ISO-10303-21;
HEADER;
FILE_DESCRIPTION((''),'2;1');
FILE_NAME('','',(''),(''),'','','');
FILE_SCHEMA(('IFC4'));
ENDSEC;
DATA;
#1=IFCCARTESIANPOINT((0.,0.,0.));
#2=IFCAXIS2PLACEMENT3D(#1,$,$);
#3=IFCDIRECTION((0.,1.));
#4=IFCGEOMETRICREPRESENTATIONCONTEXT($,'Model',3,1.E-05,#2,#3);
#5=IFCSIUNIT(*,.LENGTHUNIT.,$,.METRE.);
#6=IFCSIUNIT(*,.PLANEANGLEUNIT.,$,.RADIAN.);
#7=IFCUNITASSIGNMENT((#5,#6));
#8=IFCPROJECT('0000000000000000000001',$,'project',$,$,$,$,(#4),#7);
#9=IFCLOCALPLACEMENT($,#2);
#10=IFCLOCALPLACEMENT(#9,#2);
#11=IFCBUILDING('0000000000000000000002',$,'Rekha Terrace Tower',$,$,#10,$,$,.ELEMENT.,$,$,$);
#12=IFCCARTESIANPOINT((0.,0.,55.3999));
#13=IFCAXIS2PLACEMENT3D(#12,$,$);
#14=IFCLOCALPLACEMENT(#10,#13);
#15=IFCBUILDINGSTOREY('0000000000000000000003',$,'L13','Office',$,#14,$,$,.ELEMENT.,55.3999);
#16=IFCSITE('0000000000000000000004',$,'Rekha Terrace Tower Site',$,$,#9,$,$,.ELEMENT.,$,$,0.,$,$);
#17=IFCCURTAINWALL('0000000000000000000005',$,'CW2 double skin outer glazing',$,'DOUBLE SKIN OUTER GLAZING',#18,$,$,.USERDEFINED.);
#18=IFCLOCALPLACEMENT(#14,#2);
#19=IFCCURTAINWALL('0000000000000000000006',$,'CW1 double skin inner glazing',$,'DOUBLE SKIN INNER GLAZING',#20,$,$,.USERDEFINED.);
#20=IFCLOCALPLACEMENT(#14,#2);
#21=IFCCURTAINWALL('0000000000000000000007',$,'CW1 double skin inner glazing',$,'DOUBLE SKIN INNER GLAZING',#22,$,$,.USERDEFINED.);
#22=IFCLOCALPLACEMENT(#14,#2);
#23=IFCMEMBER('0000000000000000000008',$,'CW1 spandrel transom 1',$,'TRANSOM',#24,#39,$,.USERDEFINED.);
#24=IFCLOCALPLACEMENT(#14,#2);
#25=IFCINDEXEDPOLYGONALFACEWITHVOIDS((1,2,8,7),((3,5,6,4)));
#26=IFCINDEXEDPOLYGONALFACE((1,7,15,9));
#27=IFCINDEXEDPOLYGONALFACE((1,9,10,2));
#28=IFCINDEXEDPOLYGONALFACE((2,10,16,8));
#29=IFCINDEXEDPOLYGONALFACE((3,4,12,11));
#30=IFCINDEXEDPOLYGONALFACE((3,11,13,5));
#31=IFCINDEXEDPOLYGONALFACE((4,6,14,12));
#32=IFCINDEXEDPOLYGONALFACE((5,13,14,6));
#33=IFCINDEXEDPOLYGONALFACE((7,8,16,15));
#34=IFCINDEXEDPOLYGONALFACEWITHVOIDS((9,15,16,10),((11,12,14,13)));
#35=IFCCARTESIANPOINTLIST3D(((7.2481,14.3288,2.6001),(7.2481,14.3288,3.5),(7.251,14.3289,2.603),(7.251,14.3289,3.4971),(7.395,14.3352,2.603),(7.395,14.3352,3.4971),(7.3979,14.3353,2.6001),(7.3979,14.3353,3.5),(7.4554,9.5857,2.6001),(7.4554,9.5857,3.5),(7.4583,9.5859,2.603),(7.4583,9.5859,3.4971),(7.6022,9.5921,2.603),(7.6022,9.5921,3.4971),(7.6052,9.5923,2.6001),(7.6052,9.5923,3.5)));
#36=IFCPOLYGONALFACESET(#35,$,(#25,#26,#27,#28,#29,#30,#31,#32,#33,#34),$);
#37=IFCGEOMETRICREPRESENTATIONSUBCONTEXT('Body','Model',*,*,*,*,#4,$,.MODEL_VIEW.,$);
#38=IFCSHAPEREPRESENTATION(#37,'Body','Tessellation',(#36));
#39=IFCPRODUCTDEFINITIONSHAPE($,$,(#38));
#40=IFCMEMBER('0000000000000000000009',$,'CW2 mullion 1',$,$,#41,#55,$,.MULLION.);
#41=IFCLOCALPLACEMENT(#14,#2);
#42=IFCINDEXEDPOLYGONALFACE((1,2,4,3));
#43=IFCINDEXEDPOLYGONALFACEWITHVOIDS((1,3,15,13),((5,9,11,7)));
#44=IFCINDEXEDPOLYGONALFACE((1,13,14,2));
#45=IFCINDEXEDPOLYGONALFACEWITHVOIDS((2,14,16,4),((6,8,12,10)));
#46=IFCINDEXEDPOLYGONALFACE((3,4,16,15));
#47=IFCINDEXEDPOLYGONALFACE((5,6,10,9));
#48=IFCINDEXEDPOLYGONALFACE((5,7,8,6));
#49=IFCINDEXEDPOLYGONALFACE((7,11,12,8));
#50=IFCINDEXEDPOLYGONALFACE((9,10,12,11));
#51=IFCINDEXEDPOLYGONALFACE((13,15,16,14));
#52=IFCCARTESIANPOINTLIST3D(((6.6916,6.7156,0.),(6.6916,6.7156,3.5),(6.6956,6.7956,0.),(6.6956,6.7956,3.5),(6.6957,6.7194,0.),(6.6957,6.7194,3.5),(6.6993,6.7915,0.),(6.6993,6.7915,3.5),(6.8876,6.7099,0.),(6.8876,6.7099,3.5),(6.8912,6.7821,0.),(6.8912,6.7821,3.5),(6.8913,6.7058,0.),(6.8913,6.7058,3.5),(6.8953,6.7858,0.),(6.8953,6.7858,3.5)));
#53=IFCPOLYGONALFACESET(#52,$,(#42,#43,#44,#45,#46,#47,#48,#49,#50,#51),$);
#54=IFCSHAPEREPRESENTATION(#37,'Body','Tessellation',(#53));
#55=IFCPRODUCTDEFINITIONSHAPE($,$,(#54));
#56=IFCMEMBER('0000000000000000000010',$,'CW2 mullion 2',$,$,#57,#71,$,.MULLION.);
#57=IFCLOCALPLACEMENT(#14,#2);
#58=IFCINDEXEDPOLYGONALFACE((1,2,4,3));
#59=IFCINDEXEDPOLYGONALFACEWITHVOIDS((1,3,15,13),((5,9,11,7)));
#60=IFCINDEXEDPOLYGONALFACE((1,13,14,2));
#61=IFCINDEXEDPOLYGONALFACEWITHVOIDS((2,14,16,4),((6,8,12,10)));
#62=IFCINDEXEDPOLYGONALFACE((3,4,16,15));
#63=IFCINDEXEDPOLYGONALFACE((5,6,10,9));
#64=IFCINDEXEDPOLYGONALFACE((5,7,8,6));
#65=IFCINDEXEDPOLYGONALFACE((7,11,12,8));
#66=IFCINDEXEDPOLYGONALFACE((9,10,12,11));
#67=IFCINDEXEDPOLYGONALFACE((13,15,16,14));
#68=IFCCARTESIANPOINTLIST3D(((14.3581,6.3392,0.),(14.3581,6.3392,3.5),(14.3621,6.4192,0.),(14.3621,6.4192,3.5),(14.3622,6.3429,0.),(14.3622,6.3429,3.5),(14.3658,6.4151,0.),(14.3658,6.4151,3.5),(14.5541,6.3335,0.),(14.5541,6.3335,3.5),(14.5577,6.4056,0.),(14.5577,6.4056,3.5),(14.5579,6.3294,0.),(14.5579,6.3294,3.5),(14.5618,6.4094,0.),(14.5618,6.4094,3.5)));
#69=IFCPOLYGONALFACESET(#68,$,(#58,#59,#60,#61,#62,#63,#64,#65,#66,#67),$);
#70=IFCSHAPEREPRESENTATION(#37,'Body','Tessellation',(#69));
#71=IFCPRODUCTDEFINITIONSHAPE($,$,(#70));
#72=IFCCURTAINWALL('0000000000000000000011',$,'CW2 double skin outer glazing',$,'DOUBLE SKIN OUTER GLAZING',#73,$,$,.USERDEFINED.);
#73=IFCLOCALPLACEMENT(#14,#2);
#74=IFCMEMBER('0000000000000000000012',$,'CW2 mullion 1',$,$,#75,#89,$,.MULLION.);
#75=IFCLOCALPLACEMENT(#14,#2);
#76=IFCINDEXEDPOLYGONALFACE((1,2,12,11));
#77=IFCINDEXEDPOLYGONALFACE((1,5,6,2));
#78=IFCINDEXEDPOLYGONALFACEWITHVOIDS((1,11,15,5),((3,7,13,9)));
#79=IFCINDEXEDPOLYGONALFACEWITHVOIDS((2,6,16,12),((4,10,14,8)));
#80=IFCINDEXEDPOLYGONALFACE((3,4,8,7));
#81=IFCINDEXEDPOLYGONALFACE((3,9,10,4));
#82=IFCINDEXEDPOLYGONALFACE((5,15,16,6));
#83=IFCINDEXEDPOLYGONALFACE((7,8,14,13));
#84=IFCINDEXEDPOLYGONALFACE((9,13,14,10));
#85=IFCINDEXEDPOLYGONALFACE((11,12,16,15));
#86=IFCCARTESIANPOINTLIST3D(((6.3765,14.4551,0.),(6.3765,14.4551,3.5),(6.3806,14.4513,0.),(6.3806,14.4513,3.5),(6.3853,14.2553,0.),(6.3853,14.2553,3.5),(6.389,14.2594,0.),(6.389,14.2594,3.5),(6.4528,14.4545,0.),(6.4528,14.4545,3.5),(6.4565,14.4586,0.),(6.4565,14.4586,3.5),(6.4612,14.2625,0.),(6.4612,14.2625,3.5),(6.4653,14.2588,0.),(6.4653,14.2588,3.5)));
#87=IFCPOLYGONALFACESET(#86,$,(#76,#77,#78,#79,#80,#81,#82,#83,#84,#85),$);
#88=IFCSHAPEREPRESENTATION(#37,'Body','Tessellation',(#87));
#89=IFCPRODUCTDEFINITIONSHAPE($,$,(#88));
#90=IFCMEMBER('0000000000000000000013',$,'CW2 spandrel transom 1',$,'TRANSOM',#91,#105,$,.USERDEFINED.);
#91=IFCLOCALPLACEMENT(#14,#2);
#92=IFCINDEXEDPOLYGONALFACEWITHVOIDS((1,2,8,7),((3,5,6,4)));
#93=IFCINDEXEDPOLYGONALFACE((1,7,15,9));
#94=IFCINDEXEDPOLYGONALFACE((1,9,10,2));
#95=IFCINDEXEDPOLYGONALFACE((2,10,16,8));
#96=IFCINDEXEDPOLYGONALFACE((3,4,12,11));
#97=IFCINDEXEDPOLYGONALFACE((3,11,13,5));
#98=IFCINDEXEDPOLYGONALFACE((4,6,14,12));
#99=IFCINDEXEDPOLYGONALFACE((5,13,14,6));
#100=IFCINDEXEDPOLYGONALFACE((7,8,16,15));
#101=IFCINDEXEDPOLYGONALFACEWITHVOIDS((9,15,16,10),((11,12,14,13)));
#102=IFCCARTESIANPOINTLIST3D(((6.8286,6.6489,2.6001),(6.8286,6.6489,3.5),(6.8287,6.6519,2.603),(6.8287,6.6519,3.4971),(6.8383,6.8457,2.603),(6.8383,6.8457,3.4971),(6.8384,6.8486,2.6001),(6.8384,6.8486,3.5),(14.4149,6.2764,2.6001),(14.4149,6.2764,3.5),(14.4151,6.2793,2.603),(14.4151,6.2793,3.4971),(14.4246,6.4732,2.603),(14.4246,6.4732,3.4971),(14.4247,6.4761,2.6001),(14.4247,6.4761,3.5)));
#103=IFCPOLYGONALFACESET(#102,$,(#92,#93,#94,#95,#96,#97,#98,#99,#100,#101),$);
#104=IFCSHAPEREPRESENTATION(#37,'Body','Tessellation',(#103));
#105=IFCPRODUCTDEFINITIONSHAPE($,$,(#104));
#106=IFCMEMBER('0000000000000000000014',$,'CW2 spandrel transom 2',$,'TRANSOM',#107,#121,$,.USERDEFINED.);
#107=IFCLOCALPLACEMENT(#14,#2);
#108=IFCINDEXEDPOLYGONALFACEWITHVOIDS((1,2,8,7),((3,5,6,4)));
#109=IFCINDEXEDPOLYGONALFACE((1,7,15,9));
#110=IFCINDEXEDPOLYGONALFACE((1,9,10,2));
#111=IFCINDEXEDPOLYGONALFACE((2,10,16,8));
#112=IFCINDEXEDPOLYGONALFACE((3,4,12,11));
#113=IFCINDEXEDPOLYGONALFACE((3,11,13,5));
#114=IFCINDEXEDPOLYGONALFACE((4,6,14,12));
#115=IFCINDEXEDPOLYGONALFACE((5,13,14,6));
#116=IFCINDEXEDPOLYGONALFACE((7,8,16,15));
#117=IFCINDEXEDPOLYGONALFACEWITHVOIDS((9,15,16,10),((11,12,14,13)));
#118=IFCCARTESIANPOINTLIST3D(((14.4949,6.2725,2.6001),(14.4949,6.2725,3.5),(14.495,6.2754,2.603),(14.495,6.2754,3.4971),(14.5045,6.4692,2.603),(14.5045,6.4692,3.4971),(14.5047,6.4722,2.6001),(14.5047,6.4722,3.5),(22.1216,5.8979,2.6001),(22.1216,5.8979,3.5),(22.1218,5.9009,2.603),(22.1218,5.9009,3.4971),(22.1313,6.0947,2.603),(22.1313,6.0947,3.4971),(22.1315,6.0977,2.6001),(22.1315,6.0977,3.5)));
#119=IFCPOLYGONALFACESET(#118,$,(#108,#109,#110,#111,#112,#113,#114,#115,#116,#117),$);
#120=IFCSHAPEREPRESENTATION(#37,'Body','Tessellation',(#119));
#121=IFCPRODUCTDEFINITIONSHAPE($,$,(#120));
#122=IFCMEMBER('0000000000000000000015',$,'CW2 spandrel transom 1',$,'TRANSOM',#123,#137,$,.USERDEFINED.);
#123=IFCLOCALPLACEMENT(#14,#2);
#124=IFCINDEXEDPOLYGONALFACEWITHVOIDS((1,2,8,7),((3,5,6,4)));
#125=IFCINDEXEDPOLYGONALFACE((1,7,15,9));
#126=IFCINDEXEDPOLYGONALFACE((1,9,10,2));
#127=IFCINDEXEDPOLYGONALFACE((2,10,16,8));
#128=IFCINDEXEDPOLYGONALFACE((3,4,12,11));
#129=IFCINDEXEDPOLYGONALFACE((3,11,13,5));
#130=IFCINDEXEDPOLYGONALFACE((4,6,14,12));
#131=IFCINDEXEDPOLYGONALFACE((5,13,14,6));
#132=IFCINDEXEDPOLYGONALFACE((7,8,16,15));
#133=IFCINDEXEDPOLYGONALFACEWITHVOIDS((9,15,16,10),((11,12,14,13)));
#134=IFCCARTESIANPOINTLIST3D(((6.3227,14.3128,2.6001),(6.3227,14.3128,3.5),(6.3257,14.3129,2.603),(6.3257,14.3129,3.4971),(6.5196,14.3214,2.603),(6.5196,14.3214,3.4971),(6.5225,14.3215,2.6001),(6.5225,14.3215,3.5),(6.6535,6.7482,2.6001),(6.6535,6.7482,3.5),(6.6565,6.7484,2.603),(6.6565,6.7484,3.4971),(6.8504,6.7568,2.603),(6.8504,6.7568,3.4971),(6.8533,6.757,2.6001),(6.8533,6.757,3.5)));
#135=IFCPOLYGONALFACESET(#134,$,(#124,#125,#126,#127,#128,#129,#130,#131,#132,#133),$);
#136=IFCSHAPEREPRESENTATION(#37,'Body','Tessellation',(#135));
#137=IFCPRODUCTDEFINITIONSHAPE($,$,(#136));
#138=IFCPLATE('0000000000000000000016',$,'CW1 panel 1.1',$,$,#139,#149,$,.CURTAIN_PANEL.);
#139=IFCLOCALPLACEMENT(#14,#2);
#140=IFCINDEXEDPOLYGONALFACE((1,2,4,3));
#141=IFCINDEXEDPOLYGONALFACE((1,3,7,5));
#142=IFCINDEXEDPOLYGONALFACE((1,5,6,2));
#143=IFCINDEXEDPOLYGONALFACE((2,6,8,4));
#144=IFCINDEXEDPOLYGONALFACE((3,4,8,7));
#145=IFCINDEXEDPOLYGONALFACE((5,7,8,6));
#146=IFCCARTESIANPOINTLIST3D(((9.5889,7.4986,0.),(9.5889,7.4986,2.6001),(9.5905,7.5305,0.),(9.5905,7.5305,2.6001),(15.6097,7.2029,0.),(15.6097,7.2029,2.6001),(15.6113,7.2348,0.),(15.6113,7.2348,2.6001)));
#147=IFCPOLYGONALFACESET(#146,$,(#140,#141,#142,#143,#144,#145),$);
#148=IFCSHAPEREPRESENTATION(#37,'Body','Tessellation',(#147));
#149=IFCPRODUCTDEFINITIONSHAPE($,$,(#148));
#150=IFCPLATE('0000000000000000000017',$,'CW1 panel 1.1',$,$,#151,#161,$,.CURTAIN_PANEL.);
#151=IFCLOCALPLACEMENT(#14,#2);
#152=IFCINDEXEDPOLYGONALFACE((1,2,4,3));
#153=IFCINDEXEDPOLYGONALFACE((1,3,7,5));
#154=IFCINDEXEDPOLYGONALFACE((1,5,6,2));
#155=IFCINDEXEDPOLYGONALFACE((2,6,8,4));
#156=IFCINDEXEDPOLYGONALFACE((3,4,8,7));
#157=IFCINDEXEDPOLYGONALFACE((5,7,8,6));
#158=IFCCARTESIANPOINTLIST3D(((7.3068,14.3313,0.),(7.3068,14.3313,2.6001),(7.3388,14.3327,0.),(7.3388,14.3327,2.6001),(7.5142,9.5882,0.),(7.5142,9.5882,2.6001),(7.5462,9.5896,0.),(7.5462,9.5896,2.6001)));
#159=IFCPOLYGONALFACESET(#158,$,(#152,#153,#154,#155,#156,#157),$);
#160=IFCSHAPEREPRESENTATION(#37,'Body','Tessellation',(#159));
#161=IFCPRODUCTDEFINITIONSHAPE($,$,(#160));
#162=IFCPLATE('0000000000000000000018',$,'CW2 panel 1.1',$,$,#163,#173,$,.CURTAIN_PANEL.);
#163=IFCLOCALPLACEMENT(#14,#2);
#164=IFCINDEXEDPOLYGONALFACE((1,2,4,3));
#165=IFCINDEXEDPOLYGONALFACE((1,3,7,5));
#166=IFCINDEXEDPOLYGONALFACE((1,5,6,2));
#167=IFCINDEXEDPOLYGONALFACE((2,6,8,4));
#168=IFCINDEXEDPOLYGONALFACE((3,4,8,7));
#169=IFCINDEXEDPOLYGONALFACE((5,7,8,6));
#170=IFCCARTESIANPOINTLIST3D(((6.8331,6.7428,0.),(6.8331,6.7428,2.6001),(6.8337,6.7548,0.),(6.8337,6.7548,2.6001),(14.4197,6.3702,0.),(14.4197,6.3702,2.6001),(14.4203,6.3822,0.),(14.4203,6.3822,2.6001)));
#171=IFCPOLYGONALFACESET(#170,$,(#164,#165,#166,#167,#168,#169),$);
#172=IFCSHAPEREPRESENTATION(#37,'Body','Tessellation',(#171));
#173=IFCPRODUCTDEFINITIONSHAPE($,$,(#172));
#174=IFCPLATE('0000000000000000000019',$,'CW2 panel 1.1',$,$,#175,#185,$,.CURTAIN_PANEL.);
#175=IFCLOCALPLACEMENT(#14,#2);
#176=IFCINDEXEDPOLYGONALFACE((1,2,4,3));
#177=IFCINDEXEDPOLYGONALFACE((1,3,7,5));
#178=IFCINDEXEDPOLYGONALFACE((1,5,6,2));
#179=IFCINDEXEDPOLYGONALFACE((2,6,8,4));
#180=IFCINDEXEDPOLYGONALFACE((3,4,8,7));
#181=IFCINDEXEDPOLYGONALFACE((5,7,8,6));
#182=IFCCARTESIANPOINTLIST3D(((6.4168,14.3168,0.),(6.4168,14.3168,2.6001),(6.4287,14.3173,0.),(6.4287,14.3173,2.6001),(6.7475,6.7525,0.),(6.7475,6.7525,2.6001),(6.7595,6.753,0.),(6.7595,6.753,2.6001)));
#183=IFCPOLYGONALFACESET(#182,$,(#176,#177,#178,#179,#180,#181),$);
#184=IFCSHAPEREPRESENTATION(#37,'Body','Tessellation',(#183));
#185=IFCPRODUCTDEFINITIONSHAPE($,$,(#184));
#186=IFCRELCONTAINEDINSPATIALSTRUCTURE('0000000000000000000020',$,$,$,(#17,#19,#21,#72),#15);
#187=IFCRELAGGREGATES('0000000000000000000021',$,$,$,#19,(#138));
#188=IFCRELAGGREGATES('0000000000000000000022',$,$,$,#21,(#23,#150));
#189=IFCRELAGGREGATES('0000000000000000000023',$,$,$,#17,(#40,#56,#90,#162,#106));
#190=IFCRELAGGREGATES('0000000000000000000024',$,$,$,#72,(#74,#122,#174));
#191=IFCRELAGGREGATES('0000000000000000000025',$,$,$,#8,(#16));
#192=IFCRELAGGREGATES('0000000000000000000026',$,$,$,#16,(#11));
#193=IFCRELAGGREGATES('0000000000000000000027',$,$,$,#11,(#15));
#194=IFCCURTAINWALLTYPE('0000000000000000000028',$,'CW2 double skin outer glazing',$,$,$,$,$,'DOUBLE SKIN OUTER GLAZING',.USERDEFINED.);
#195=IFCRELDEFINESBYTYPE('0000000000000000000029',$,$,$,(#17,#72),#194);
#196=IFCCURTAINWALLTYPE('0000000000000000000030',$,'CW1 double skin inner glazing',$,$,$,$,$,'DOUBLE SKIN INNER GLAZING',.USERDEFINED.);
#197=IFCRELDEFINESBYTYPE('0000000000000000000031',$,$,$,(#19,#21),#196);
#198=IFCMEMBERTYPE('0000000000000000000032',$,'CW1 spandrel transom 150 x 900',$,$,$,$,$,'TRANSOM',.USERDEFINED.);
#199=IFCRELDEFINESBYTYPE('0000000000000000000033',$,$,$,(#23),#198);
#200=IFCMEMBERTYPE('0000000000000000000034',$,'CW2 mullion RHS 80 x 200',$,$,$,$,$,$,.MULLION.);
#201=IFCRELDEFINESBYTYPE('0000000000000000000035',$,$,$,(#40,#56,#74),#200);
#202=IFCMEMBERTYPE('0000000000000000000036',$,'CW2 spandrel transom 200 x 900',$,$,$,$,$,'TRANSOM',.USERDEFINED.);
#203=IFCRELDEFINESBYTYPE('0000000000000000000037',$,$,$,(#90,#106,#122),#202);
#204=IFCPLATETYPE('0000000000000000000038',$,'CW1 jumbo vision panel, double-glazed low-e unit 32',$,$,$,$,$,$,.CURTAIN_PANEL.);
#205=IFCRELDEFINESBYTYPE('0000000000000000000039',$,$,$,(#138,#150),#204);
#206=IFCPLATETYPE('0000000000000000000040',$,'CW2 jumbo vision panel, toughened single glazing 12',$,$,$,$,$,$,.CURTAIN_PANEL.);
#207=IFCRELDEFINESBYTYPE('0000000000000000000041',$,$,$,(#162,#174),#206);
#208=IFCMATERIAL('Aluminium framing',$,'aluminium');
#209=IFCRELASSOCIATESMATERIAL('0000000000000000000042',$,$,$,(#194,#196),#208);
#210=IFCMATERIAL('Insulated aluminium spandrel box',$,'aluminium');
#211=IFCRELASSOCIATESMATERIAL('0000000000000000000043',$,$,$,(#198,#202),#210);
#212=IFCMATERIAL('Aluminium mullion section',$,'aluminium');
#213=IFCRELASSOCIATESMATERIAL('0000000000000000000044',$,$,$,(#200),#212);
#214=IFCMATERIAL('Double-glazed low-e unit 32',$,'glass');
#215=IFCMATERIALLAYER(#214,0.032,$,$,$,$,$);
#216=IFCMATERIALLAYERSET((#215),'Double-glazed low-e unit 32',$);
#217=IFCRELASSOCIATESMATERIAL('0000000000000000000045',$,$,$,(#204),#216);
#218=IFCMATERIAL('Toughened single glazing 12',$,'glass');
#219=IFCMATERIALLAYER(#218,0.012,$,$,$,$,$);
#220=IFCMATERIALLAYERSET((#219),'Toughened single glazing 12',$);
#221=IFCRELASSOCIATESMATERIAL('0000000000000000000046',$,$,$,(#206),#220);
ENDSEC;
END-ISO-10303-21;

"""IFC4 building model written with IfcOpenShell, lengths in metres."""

from ifc_helpers import new_model, si_unit, direction, frame, origin, origin_2d, place, context, subcontext, project, spatial, rectangle, hollow_rectangle, extrude, material, layer, layer_set, material_profile, profile_set, type_object, element, aggregate, save


model = new_model("IFC4")

# Units and contexts
model_context = context("Model", 3, precision=1e-05, world=origin(), true_north=direction((0.0, 1.0)))
body_context = subcontext(model_context, "Body", "Model", "MODEL_VIEW")
ifc_project = project(units=[si_unit("LENGTHUNIT", "METRE"), si_unit("PLANEANGLEUNIT", "RADIAN")], contexts=[model_context])

# Site, building, storey
site_placement = place(None, origin())
site = spatial("IfcSite", under=ifc_project, at=site_placement, Name="Rekha Terrace Tower Site", CompositionType="ELEMENT", RefElevation=0.0)
building_placement = place(site_placement, origin())
building = spatial("IfcBuilding", under=site, at=building_placement, Name="Rekha Terrace Tower", CompositionType="ELEMENT")
storey_placement = place(building_placement, frame((0.0, 0.0, 55.3999)))
storey = spatial("IfcBuildingStorey", under=building, at=storey_placement, Name="L13", Description="Office", CompositionType="ELEMENT", Elevation=55.3999)

# Curtain wall
ifc_material_1 = material(Name="Aluminium framing", Category="aluminium")
curtain_wall_type_1 = type_object("IfcCurtainWallType", Name="CW2 double skin outer glazing", ElementType="DOUBLE SKIN OUTER GLAZING", PredefinedType="USERDEFINED", material=ifc_material_1)
curtain_wall_1_placement = place(storey_placement, origin())
curtain_wall_1 = element("IfcCurtainWall", 1, at=curtain_wall_1_placement, inside=storey, type_object=curtain_wall_type_1, Name="CW2 double skin outer glazing", ObjectType="DOUBLE SKIN OUTER GLAZING", PredefinedType="USERDEFINED")

# Curtain wall
curtain_wall_type_2 = type_object("IfcCurtainWallType", Name="CW1 double skin inner glazing", ElementType="DOUBLE SKIN INNER GLAZING", PredefinedType="USERDEFINED", material=ifc_material_1)
curtain_wall_2_placement = place(storey_placement, origin())
curtain_wall_2 = element("IfcCurtainWall", 2, at=curtain_wall_2_placement, inside=storey, type_object=curtain_wall_type_2, Name="CW1 double skin inner glazing", ObjectType="DOUBLE SKIN INNER GLAZING", PredefinedType="USERDEFINED")
ifc_material_2 = material(Name="Aluminium mullion section", Category="aluminium")

# Curtain wall
curtain_wall_3_placement = place(storey_placement, origin())
curtain_wall_3 = element("IfcCurtainWall", 3, at=curtain_wall_3_placement, inside=storey, type_object=curtain_wall_type_2, Name="CW1 double skin inner glazing", ObjectType="DOUBLE SKIN INNER GLAZING", PredefinedType="USERDEFINED")

# Members
ifc_material_3 = material(Name="Insulated aluminium spandrel box", Category="aluminium")
ifc_material_profile_1 = material_profile(ifc_material_3, hollow_rectangle(XDim=0.1499, YDim=0.8999, WallThickness=0.0029, at=origin_2d()), Name="AL SPANDREL BOX 150x900")
ifc_profile_set_1 = profile_set([ifc_material_profile_1], Name="Insulated aluminium spandrel box")
member_type_1 = type_object("IfcMemberType", Name="CW1 spandrel transom 150 x 900", ElementType="TRANSOM", PredefinedType="USERDEFINED", material=ifc_profile_set_1)
member_1_placement = place(storey_placement, frame((7.323, 14.332, 3.05), z_axis=(0.04366, -0.999046, 0.0), x_axis=(0.999046, 0.04366, 0.0)))
member_1 = element("IfcMember", 4, at=member_1_placement, type_object=member_type_1, Name="CW1 spandrel transom 1", ObjectType="TRANSOM", PredefinedType="USERDEFINED", context=body_context, shape_type="SweptSolid", body=[
    extrude(hollow_rectangle(XDim=0.1499, YDim=0.8999, WallThickness=0.0029, at=origin_2d()), origin(), (0.0, 0.0, 1.0), 4.7476),
])
ifc_material_profile_2 = material_profile(ifc_material_2, hollow_rectangle(XDim=0.0801, YDim=0.2, WallThickness=0.0039, at=origin_2d()), Name="AL RHS 80x200")
ifc_profile_set_2 = profile_set([ifc_material_profile_2], Name="Aluminium mullion section")
member_type_2 = type_object("IfcMemberType", Name="CW2 mullion RHS 80 x 200", PredefinedType="MULLION", material=ifc_profile_set_2)
member_2_placement = place(storey_placement, frame((6.7935, 6.7507, 0.0), z_axis=(0.0, 0.0, 1.0), x_axis=(0.049052, 0.998796, 0.0)))
member_2 = element("IfcMember", 5, at=member_2_placement, type_object=member_type_2, Name="CW2 mullion 1", PredefinedType="MULLION", context=body_context, shape_type="SweptSolid", body=[
    extrude(hollow_rectangle(XDim=0.0801, YDim=0.2, WallThickness=0.0039, at=origin_2d()), origin(), (0.0, 0.0, 1.0), 3.5),
])
member_3_placement = place(storey_placement, frame((14.46, 6.3743, 0.0), z_axis=(0.0, 0.0, 1.0), x_axis=(0.049052, 0.998796, 0.0)))
member_3 = element("IfcMember", 6, at=member_3_placement, type_object=member_type_2, Name="CW2 mullion 2", PredefinedType="MULLION", context=body_context, shape_type="SweptSolid", body=[
    extrude(hollow_rectangle(XDim=0.0801, YDim=0.2, WallThickness=0.0039, at=origin_2d()), origin(), (0.0, 0.0, 1.0), 3.5),
])

# Curtain wall, member
curtain_wall_4_placement = place(storey_placement, origin())
curtain_wall_4 = element("IfcCurtainWall", 7, at=curtain_wall_4_placement, inside=storey, type_object=curtain_wall_type_1, Name="CW2 double skin outer glazing", ObjectType="DOUBLE SKIN OUTER GLAZING", PredefinedType="USERDEFINED")
member_4_placement = place(storey_placement, frame((6.4209, 14.3569, 0.0), z_axis=(0.0, 0.0, 1.0), x_axis=(0.999045, 0.043683, 0.0)))
member_4 = element("IfcMember", 8, at=member_4_placement, type_object=member_type_2, Name="CW2 mullion 1", PredefinedType="MULLION", context=body_context, shape_type="SweptSolid", body=[
    extrude(hollow_rectangle(XDim=0.0801, YDim=0.2, WallThickness=0.0039, at=origin_2d()), origin(), (0.0, 0.0, 1.0), 3.5),
])

# Members
ifc_material_profile_3 = material_profile(ifc_material_3, hollow_rectangle(XDim=0.2, YDim=0.8999, WallThickness=0.0029, at=origin_2d()), Name="AL SPANDREL BOX 200x900")
ifc_profile_set_3 = profile_set([ifc_material_profile_3], Name="Insulated aluminium spandrel box")
member_type_3 = type_object("IfcMemberType", Name="CW2 spandrel transom 200 x 900", ElementType="TRANSOM", PredefinedType="USERDEFINED", material=ifc_profile_set_3)
member_5_placement = place(storey_placement, frame((6.8335, 6.7488, 3.05), z_axis=(0.998796, -0.049049, 0.0), x_axis=(0.049049, 0.998796, 0.0)))
member_5 = element("IfcMember", 9, at=member_5_placement, type_object=member_type_3, Name="CW2 spandrel transom 1", ObjectType="TRANSOM", PredefinedType="USERDEFINED", context=body_context, shape_type="SweptSolid", body=[
    extrude(hollow_rectangle(XDim=0.2, YDim=0.8999, WallThickness=0.0029, at=origin_2d()), origin(), (0.0, 0.0, 1.0), 7.5955),
])
member_6_placement = place(storey_placement, frame((14.4998, 6.3723, 3.05), z_axis=(0.998797, -0.049046, 0.0), x_axis=(0.049046, 0.998797, 0.0)))
member_6 = element("IfcMember", 10, at=member_6_placement, type_object=member_type_3, Name="CW2 spandrel transom 2", ObjectType="TRANSOM", PredefinedType="USERDEFINED", context=body_context, shape_type="SweptSolid", body=[
    extrude(hollow_rectangle(XDim=0.2, YDim=0.8999, WallThickness=0.0029, at=origin_2d()), origin(), (0.0, 0.0, 1.0), 7.636),
])
member_7_placement = place(storey_placement, frame((6.4226, 14.3171, 3.05), z_axis=(0.04369, -0.999045, 0.0), x_axis=(0.999045, 0.04369, 0.0)))
member_7 = element("IfcMember", 11, at=member_7_placement, type_object=member_type_3, Name="CW2 spandrel transom 1", ObjectType="TRANSOM", PredefinedType="USERDEFINED", context=body_context, shape_type="SweptSolid", body=[
    extrude(hollow_rectangle(XDim=0.2, YDim=0.8999, WallThickness=0.0029, at=origin_2d()), origin(), (0.0, 0.0, 1.0), 7.5718),
])

# Plates
ifc_material_4 = material(Name="Double-glazed low-e unit 32", Category="glass")
ifc_layer_1 = layer(ifc_material_4, 0.032)
ifc_layer_set_1 = layer_set([ifc_layer_1], Name="Double-glazed low-e unit 32")
plate_type_1 = type_object("IfcPlateType", Name="CW1 jumbo vision panel, double-glazed low-e unit 32", PredefinedType="CURTAIN_PANEL", material=ifc_layer_set_1)
plate_1_placement = place(storey_placement, frame((12.6001, 7.3667, 0.0), z_axis=(0.0, 0.0, 1.0), x_axis=(0.998796, -0.049052, 0.0)))
plate_1 = element("IfcPlate", 12, at=plate_1_placement, type_object=plate_type_1, Name="CW1 panel 1.1", PredefinedType="CURTAIN_PANEL", context=body_context, shape_type="SweptSolid", body=[
    extrude(rectangle(XDim=6.0281, YDim=0.032, at=origin_2d()), origin(), (0.0, 0.0, 1.0), 2.6001),
])
aggregate(curtain_wall_2, [plate_1])
plate_2_placement = place(storey_placement, frame((7.4265, 11.9604, 0.0), z_axis=(0.0, 0.0, 1.0), x_axis=(0.043683, -0.999045, 0.0)))
plate_2 = element("IfcPlate", 13, at=plate_2_placement, type_object=plate_type_1, Name="CW1 panel 1.1", PredefinedType="CURTAIN_PANEL", context=body_context, shape_type="SweptSolid", body=[
    extrude(rectangle(XDim=4.7476, YDim=0.032, at=origin_2d()), origin(), (0.0, 0.0, 1.0), 2.6001),
])
aggregate(curtain_wall_3, [member_1, plate_2])
ifc_material_5 = material(Name="Toughened single glazing 12", Category="glass")
ifc_layer_2 = layer(ifc_material_5, 0.012)
ifc_layer_set_2 = layer_set([ifc_layer_2], Name="Toughened single glazing 12")
plate_type_2 = type_object("IfcPlateType", Name="CW2 jumbo vision panel, toughened single glazing 12", PredefinedType="CURTAIN_PANEL", material=ifc_layer_set_2)
plate_3_placement = place(storey_placement, frame((10.6267, 6.5625, 0.0), z_axis=(0.0, 0.0, 1.0), x_axis=(0.998796, -0.049052, 0.0)))
plate_3 = element("IfcPlate", 14, at=plate_3_placement, type_object=plate_type_2, Name="CW2 panel 1.1", PredefinedType="CURTAIN_PANEL", context=body_context, shape_type="SweptSolid", body=[
    extrude(rectangle(XDim=7.5957, YDim=0.012, at=origin_2d()), origin(), (0.0, 0.0, 1.0), 2.6001),
])
aggregate(curtain_wall_1, [member_2, member_3, member_5, plate_3, member_6])
plate_4_placement = place(storey_placement, frame((6.5881, 10.5349, 0.0), z_axis=(0.0, 0.0, 1.0), x_axis=(0.043683, -0.999045, 0.0)))
plate_4 = element("IfcPlate", 15, at=plate_4_placement, type_object=plate_type_2, Name="CW2 panel 1.1", PredefinedType="CURTAIN_PANEL", context=body_context, shape_type="SweptSolid", body=[
    extrude(rectangle(XDim=7.5715, YDim=0.012, at=origin_2d()), origin(), (0.0, 0.0, 1.0), 2.6001),
])
aggregate(curtain_wall_4, [member_4, member_7, plate_4])

save(model, "model.ifc")
